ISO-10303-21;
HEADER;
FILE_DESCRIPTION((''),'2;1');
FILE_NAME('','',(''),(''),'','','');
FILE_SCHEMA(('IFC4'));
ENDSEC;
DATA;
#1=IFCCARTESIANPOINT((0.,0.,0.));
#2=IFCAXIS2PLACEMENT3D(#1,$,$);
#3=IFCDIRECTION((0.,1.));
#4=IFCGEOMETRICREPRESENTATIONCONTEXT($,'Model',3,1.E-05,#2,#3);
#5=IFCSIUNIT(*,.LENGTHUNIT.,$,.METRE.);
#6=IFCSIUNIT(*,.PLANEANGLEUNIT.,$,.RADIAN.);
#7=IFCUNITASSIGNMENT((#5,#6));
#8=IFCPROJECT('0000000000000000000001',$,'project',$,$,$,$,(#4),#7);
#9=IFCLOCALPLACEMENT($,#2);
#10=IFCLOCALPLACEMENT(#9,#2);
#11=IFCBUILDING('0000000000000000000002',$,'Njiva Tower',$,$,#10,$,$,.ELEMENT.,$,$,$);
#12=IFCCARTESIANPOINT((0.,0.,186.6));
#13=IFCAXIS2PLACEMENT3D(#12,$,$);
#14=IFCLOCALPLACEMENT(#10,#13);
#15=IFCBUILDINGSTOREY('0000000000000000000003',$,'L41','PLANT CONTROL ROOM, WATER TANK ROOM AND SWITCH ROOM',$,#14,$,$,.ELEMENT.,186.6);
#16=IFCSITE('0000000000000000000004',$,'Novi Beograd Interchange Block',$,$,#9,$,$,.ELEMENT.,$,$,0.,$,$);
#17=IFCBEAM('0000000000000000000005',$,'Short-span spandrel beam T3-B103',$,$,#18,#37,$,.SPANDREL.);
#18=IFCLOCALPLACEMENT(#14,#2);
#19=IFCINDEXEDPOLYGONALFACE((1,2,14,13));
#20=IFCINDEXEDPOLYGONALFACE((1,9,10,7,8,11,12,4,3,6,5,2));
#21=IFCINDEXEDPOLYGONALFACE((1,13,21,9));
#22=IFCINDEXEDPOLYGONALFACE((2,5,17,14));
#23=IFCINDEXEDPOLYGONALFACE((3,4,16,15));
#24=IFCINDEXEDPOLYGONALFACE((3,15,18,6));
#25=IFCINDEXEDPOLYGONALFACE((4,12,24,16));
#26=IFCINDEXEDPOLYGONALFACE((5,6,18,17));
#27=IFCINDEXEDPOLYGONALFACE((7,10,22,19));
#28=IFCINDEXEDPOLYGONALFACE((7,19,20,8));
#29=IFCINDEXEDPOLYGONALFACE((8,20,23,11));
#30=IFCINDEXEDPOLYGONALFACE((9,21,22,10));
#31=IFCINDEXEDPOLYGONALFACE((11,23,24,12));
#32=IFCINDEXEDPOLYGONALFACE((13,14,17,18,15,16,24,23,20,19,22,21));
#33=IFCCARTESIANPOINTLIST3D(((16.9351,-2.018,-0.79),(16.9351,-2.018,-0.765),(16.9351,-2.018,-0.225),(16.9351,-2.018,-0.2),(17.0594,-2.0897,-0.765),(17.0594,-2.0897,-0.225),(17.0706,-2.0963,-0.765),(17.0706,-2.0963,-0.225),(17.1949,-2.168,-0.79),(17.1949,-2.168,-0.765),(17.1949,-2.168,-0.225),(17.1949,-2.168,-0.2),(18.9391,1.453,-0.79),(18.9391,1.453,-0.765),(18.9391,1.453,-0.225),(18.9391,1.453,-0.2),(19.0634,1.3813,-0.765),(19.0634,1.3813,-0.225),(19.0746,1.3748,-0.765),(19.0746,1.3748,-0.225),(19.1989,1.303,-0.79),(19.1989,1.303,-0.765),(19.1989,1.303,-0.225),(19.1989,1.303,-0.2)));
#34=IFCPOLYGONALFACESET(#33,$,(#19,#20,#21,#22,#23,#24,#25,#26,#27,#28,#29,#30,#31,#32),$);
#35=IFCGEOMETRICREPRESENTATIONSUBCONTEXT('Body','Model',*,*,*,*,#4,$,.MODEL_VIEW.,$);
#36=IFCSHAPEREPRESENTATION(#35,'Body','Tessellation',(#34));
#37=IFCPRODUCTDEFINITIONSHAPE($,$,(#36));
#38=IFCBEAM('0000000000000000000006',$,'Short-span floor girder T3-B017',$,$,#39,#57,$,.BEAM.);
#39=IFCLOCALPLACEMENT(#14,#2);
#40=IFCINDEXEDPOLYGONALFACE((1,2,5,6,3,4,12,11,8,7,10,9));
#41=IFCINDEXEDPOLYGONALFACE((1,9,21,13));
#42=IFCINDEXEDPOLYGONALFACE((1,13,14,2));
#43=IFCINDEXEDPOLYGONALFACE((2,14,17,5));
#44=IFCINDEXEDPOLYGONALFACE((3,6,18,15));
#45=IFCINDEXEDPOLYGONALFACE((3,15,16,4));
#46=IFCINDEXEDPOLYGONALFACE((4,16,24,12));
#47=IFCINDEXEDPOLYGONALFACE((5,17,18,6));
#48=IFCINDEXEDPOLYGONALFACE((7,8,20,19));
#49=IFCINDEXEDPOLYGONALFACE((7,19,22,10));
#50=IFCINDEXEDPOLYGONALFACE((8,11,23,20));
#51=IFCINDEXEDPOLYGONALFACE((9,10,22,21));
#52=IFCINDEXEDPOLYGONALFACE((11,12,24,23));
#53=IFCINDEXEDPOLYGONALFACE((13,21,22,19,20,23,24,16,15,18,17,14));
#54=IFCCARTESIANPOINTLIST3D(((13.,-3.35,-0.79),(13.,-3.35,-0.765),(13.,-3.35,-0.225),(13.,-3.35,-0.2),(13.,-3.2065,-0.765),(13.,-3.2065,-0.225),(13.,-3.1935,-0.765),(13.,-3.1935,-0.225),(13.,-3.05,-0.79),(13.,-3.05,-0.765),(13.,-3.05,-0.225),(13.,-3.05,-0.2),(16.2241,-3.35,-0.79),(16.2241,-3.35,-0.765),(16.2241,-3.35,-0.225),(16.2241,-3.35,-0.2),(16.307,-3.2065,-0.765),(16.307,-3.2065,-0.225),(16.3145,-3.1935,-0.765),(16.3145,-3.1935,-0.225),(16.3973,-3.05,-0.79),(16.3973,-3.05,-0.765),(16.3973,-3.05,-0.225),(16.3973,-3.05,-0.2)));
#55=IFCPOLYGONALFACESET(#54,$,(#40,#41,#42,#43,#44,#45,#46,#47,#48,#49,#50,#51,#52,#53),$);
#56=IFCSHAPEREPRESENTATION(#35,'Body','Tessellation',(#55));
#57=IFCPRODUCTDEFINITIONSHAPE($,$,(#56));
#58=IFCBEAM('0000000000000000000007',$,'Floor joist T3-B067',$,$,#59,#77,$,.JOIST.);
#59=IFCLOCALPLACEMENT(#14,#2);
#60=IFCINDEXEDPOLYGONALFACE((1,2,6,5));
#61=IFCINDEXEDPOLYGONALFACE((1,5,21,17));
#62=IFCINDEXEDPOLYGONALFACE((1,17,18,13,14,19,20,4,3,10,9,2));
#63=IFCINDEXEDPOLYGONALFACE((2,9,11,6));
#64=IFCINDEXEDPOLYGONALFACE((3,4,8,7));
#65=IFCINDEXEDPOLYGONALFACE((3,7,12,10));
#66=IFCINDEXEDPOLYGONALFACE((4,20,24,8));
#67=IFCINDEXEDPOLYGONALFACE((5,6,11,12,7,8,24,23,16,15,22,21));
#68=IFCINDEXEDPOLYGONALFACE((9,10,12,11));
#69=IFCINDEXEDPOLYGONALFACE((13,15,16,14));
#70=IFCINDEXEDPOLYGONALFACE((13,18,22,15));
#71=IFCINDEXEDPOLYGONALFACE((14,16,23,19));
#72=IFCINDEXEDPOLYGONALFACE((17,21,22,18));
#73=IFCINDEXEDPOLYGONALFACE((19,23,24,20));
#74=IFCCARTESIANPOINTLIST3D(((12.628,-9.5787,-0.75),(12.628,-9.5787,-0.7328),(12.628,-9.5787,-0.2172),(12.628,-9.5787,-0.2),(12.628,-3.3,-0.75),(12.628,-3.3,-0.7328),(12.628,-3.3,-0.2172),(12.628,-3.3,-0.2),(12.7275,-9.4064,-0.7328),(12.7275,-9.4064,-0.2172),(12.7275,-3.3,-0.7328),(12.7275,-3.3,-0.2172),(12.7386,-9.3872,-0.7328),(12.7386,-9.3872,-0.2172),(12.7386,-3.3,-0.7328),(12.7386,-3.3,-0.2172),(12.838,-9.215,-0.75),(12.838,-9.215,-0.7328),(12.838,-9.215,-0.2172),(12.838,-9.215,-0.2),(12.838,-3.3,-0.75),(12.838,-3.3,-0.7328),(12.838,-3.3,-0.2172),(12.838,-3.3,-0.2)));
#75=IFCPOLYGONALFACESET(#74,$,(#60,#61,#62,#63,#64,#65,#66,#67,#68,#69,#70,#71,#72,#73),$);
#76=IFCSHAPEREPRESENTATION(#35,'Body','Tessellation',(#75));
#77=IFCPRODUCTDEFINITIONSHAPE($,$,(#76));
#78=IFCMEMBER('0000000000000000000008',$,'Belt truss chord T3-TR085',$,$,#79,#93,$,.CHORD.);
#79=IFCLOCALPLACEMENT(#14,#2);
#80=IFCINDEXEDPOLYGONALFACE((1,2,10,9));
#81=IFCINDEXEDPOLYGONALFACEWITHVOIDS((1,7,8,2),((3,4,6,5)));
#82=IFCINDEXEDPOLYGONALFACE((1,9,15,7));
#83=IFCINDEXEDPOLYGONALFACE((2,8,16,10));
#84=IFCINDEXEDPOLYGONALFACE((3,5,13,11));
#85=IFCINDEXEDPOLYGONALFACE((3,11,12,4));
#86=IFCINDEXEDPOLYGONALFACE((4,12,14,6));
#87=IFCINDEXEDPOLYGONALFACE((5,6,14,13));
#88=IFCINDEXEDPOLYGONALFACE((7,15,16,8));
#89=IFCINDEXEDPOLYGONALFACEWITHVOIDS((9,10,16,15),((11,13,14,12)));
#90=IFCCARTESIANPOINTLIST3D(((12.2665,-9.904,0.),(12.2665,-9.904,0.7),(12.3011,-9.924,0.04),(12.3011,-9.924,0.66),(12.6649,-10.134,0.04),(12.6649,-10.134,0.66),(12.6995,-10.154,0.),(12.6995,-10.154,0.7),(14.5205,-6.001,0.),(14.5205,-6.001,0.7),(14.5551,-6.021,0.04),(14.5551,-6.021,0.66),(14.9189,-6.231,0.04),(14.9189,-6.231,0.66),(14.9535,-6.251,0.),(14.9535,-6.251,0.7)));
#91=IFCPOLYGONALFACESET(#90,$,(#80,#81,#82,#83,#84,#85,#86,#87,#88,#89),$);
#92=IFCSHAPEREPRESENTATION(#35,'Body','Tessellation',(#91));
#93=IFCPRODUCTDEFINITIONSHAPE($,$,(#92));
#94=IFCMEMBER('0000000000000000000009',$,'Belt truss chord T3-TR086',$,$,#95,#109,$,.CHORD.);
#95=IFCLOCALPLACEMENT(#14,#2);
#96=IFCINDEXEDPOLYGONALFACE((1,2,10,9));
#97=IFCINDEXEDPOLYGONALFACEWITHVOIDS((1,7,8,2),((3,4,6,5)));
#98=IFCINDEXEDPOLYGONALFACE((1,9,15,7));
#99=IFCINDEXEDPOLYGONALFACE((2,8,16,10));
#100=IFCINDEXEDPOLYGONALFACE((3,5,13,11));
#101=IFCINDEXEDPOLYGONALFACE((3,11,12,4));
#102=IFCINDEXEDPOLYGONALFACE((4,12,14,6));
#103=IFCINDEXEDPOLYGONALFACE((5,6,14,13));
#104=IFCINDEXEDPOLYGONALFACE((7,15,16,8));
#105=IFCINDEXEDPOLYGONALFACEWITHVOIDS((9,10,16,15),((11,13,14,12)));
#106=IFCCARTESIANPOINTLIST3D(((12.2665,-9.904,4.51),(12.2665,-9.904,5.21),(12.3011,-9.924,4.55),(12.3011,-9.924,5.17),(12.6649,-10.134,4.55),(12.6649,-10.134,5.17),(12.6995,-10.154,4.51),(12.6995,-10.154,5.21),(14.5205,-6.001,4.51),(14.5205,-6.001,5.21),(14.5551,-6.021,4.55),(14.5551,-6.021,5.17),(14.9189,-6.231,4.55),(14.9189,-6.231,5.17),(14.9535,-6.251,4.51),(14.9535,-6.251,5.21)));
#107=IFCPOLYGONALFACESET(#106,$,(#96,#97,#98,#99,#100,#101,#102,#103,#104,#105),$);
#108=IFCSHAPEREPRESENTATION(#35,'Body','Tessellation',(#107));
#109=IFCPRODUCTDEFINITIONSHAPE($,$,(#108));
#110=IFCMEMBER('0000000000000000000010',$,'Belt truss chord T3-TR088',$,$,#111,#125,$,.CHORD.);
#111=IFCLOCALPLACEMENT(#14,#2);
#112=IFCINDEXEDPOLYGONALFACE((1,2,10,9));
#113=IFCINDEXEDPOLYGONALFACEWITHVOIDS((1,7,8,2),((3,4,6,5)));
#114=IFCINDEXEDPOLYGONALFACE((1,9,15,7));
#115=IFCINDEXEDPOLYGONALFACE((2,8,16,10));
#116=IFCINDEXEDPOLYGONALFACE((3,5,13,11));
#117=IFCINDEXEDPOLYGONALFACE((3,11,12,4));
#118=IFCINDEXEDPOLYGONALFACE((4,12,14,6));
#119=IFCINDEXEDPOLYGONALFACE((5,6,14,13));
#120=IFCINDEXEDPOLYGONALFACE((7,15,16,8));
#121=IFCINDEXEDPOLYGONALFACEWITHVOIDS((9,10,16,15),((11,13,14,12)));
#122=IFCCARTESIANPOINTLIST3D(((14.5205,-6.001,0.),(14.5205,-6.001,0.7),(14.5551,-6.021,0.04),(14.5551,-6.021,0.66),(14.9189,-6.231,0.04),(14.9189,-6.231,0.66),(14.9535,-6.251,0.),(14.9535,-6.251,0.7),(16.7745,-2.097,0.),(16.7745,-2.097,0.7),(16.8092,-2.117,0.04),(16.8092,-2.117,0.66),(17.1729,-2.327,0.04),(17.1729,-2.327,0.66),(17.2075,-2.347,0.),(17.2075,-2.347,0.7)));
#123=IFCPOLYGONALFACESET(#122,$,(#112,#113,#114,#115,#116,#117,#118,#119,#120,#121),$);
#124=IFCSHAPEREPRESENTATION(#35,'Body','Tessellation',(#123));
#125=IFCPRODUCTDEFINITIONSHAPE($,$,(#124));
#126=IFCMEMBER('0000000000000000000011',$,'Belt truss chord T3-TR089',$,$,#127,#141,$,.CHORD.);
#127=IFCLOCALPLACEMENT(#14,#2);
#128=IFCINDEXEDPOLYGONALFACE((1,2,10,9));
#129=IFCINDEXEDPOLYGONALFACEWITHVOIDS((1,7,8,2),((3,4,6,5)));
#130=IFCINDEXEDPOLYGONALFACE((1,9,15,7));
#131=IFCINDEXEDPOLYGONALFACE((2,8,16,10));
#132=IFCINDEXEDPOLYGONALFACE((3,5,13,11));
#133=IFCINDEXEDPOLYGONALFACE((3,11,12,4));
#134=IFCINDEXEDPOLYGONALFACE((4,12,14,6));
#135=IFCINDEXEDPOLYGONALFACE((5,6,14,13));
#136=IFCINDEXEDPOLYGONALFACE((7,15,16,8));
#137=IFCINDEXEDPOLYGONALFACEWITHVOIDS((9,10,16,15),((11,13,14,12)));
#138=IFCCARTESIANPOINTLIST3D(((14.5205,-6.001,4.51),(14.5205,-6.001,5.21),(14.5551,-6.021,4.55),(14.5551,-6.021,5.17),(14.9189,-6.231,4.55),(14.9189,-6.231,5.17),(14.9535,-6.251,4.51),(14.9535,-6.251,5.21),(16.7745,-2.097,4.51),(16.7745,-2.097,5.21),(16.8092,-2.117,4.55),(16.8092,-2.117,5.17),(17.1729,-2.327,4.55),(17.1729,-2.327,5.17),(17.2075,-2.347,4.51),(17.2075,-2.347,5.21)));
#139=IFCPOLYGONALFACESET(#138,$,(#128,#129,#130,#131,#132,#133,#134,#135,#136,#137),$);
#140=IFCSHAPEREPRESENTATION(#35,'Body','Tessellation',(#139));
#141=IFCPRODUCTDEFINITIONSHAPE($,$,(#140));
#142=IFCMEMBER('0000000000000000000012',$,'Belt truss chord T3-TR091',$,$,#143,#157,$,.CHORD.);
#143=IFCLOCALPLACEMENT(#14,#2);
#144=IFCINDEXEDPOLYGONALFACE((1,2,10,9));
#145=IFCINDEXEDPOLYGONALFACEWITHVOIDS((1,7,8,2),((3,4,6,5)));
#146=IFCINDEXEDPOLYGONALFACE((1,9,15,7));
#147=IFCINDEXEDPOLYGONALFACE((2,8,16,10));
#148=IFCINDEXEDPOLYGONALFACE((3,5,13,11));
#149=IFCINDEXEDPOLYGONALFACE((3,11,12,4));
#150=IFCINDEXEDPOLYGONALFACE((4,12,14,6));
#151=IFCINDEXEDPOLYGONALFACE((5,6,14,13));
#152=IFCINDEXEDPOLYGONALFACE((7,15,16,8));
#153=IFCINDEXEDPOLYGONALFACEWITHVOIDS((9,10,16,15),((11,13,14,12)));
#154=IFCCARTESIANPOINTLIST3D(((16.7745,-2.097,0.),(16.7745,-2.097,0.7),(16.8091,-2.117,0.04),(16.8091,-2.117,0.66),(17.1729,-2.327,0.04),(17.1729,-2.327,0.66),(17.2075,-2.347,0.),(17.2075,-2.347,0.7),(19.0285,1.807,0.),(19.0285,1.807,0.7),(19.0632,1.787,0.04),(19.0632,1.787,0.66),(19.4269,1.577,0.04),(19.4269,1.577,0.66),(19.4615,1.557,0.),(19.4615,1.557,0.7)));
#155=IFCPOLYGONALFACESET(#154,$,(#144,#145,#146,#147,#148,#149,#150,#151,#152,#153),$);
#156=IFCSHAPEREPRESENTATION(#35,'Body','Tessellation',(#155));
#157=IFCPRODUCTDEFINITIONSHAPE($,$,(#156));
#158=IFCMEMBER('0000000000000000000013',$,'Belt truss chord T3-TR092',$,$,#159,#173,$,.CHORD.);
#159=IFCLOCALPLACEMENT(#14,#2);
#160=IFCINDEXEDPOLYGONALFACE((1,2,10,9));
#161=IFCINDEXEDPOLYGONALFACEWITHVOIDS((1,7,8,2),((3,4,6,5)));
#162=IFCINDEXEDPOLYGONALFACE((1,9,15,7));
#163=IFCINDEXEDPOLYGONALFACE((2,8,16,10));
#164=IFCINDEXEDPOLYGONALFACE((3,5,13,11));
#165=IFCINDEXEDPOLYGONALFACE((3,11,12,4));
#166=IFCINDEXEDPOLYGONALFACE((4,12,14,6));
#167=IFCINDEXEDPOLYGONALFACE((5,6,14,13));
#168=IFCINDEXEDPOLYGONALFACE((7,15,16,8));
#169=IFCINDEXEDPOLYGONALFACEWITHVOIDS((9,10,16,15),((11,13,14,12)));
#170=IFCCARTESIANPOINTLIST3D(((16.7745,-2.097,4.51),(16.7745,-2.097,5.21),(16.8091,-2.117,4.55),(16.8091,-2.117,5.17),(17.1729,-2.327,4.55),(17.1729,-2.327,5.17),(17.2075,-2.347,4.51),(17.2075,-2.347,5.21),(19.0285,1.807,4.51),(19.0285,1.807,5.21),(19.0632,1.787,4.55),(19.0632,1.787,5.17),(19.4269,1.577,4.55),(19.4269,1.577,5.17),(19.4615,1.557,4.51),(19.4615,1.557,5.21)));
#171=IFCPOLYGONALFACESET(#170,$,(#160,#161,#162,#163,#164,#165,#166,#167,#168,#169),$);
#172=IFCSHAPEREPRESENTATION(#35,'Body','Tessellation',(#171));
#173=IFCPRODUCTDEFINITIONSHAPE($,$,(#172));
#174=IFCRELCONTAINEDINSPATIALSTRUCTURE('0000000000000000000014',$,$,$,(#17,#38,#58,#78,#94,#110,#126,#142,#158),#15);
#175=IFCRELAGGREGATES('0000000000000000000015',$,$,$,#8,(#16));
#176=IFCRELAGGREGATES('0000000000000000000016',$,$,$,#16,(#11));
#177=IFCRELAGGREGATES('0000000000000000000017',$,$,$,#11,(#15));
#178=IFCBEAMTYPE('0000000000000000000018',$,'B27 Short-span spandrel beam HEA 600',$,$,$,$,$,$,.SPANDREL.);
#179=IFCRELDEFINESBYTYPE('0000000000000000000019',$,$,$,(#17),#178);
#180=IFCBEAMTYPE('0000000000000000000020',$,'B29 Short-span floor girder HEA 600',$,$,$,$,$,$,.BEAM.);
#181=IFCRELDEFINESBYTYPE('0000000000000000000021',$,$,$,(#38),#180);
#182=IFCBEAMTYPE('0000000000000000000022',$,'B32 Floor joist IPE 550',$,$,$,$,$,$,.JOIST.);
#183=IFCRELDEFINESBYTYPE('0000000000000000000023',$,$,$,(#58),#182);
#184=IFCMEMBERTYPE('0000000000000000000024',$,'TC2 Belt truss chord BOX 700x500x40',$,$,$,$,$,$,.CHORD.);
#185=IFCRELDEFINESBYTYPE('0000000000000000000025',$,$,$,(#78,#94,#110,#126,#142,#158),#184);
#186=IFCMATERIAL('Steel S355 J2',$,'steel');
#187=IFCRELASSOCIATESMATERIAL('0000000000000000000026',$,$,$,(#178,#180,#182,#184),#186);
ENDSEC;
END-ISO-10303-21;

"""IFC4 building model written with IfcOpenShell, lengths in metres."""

from ifc_helpers import new_model, si_unit, direction, frame, origin, origin_2d, place, context, subcontext, project, spatial, hollow_rectangle, i_section, extrude, clip, halfspace, material, material_profile, profile_set, type_object, element, save


model = new_model("IFC4")

# Units and contexts
model_context = context("Model", 3, precision=1e-05, world=origin(), true_north=direction((0.0, 1.0)))
body_context = subcontext(model_context, "Body", "Model", "MODEL_VIEW")
ifc_project = project(units=[si_unit("LENGTHUNIT", "METRE"), si_unit("PLANEANGLEUNIT", "RADIAN")], contexts=[model_context])

# Site, building, storey
site_placement = place(None, origin())
site = spatial("IfcSite", under=ifc_project, at=site_placement, Name="Novi Beograd Interchange Block", CompositionType="ELEMENT", RefElevation=0.0)
building_placement = place(site_placement, origin())
building = spatial("IfcBuilding", under=site, at=building_placement, Name="Njiva Tower", CompositionType="ELEMENT")
storey_placement = place(building_placement, frame((0.0, 0.0, 186.6)))
storey = spatial("IfcBuildingStorey", under=building, at=storey_placement, Name="L41", Description="PLANT CONTROL ROOM, WATER TANK ROOM AND SWITCH ROOM", CompositionType="ELEMENT", Elevation=186.6)

# Shared definitions
ifc_material_1 = material(Name="Steel S355 J2", Category="steel")

# Beams
ifc_material_profile_1 = material_profile(ifc_material_1, i_section(OverallWidth=0.3, OverallDepth=0.59, WebThickness=0.013, FlangeThickness=0.025, at=origin_2d()), Name="HEA 600")
ifc_profile_set_1 = profile_set([ifc_material_profile_1], Name="Steel S355 J2")
beam_type_1 = type_object("IfcBeamType", Name="B27 Short-span spandrel beam HEA 600", PredefinedType="SPANDREL", material=ifc_profile_set_1)
beam_1_placement = place(storey_placement, frame((17.065, -2.093, -0.495), z_axis=(0.500003, 0.866024, 0.0), x_axis=(-0.866024, 0.500003, 0.0)))
element("IfcBeam", 1, at=beam_1_placement, inside=storey, type_object=beam_type_1, Name="Short-span spandrel beam T3-B103", PredefinedType="SPANDREL", context=body_context, shape_type="SweptSolid", body=[
    extrude(i_section(OverallWidth=0.3, OverallDepth=0.59, WebThickness=0.013, FlangeThickness=0.025, at=origin_2d()), origin(), (0.0, 0.0, 1.0), 4.008),
])
ifc_material_profile_2 = material_profile(ifc_material_1, i_section(OverallWidth=0.3, OverallDepth=0.59, WebThickness=0.013, FlangeThickness=0.025, at=origin_2d()), Name="HEA 600")
ifc_profile_set_2 = profile_set([ifc_material_profile_2], Name="Steel S355 J2")
beam_type_2 = type_object("IfcBeamType", Name="B29 Short-span floor girder HEA 600", PredefinedType="BEAM", material=ifc_profile_set_2)
beam_2_placement = place(storey_placement, frame((13.0, -3.2, -0.495), z_axis=(1.0, 0.0, 0.0), x_axis=(0.0, 1.0, 0.0)))
element("IfcBeam", 2, at=beam_2_placement, inside=storey, type_object=beam_type_2, Name="Short-span floor girder T3-B017", PredefinedType="BEAM", context=body_context, shape_type="Clipping", body=[
    clip(extrude(i_section(OverallWidth=0.3, OverallDepth=0.59, WebThickness=0.013, FlangeThickness=0.025, at=origin_2d()), origin(), (0.0, 0.0, 1.0), 3.418), halfspace(frame((-0.025, 0.0, 3.2963), z_axis=(-0.499998, 0.0, 0.866027), x_axis=(0.0, 1.0, 0.0)), False)),
])
ifc_material_profile_3 = material_profile(ifc_material_1, i_section(OverallWidth=0.21, OverallDepth=0.55, WebThickness=0.0111, FlangeThickness=0.0172, at=origin_2d()), Name="IPE 550")
ifc_profile_set_3 = profile_set([ifc_material_profile_3], Name="Steel S355 J2")
beam_type_3 = type_object("IfcBeamType", Name="B32 Floor joist IPE 550", PredefinedType="JOIST", material=ifc_profile_set_3)
beam_3_placement = place(storey_placement, frame((12.733, -3.3, -0.475), z_axis=(0.0, -1.0, 0.0), x_axis=(1.0, 0.0, 0.0)))
element("IfcBeam", 3, at=beam_3_placement, inside=storey, type_object=beam_type_3, Name="Floor joist T3-B067", PredefinedType="JOIST", context=body_context, shape_type="Clipping", body=[
    clip(extrude(i_section(OverallWidth=0.21, OverallDepth=0.55, WebThickness=0.0111, FlangeThickness=0.0172, at=origin_2d()), origin(), (0.0, 0.0, 1.0), 6.298), halfspace(frame((0.0436, 0.0, 6.0213), z_axis=(0.866027, 0.0, 0.499998), x_axis=(0.0, 1.0, 0.0)), False)),
])

# Members
ifc_material_profile_4 = material_profile(ifc_material_1, hollow_rectangle(XDim=0.5, YDim=0.7, WallThickness=0.04, at=origin_2d()), Name="BOX 700x500x40")
ifc_profile_set_4 = profile_set([ifc_material_profile_4], Name="Steel S355 J2")
member_type_1 = type_object("IfcMemberType", Name="TC2 Belt truss chord BOX 700x500x40", PredefinedType="CHORD", material=ifc_profile_set_4)
for number, where, z_axis, x_axis, name in (
    (4, (12.483, -10.029, 0.35), (0.5001, 0.865968, 0.0), (-0.865968, 0.5001, 0.0), "Belt truss chord T3-TR085"),
    (5, (12.483, -10.029, 4.86), (0.5001, 0.865968, 0.0), (-0.865968, 0.5001, 0.0), "Belt truss chord T3-TR086"),
):
    element("IfcMember", number, at=place(storey_placement, frame(where, z_axis=z_axis, x_axis=x_axis)), inside=storey, type_object=member_type_1, Name=name, PredefinedType="CHORD", context=body_context, shape_type="SweptSolid", body=[
        extrude(hollow_rectangle(XDim=0.5, YDim=0.7, WallThickness=0.04, at=origin_2d()), origin(), (0.0, 0.0, 1.0), 4.5071),
    ])
for number, where, z_axis, x_axis, name in (
    (6, (14.737, -6.126, 0.35), (0.500004, 0.866023, 0.0), (-0.866023, 0.500004, 0.0), "Belt truss chord T3-TR088"),
    (7, (14.737, -6.126, 4.86), (0.500004, 0.866023, 0.0), (-0.866023, 0.500004, 0.0), "Belt truss chord T3-TR089"),
    (8, (16.991, -2.222, 0.35), (0.500004, 0.866023, 0.0), (-0.866023, 0.500004, 0.0), "Belt truss chord T3-TR091"),
    (9, (16.991, -2.222, 4.86), (0.500004, 0.866023, 0.0), (-0.866023, 0.500004, 0.0), "Belt truss chord T3-TR092"),
):
    element("IfcMember", number, at=place(storey_placement, frame(where, z_axis=z_axis, x_axis=x_axis)), inside=storey, type_object=member_type_1, Name=name, PredefinedType="CHORD", context=body_context, shape_type="SweptSolid", body=[
        extrude(hollow_rectangle(XDim=0.5, YDim=0.7, WallThickness=0.04, at=origin_2d()), origin(), (0.0, 0.0, 1.0), 4.508),
    ])

save(model, "model.ifc")
